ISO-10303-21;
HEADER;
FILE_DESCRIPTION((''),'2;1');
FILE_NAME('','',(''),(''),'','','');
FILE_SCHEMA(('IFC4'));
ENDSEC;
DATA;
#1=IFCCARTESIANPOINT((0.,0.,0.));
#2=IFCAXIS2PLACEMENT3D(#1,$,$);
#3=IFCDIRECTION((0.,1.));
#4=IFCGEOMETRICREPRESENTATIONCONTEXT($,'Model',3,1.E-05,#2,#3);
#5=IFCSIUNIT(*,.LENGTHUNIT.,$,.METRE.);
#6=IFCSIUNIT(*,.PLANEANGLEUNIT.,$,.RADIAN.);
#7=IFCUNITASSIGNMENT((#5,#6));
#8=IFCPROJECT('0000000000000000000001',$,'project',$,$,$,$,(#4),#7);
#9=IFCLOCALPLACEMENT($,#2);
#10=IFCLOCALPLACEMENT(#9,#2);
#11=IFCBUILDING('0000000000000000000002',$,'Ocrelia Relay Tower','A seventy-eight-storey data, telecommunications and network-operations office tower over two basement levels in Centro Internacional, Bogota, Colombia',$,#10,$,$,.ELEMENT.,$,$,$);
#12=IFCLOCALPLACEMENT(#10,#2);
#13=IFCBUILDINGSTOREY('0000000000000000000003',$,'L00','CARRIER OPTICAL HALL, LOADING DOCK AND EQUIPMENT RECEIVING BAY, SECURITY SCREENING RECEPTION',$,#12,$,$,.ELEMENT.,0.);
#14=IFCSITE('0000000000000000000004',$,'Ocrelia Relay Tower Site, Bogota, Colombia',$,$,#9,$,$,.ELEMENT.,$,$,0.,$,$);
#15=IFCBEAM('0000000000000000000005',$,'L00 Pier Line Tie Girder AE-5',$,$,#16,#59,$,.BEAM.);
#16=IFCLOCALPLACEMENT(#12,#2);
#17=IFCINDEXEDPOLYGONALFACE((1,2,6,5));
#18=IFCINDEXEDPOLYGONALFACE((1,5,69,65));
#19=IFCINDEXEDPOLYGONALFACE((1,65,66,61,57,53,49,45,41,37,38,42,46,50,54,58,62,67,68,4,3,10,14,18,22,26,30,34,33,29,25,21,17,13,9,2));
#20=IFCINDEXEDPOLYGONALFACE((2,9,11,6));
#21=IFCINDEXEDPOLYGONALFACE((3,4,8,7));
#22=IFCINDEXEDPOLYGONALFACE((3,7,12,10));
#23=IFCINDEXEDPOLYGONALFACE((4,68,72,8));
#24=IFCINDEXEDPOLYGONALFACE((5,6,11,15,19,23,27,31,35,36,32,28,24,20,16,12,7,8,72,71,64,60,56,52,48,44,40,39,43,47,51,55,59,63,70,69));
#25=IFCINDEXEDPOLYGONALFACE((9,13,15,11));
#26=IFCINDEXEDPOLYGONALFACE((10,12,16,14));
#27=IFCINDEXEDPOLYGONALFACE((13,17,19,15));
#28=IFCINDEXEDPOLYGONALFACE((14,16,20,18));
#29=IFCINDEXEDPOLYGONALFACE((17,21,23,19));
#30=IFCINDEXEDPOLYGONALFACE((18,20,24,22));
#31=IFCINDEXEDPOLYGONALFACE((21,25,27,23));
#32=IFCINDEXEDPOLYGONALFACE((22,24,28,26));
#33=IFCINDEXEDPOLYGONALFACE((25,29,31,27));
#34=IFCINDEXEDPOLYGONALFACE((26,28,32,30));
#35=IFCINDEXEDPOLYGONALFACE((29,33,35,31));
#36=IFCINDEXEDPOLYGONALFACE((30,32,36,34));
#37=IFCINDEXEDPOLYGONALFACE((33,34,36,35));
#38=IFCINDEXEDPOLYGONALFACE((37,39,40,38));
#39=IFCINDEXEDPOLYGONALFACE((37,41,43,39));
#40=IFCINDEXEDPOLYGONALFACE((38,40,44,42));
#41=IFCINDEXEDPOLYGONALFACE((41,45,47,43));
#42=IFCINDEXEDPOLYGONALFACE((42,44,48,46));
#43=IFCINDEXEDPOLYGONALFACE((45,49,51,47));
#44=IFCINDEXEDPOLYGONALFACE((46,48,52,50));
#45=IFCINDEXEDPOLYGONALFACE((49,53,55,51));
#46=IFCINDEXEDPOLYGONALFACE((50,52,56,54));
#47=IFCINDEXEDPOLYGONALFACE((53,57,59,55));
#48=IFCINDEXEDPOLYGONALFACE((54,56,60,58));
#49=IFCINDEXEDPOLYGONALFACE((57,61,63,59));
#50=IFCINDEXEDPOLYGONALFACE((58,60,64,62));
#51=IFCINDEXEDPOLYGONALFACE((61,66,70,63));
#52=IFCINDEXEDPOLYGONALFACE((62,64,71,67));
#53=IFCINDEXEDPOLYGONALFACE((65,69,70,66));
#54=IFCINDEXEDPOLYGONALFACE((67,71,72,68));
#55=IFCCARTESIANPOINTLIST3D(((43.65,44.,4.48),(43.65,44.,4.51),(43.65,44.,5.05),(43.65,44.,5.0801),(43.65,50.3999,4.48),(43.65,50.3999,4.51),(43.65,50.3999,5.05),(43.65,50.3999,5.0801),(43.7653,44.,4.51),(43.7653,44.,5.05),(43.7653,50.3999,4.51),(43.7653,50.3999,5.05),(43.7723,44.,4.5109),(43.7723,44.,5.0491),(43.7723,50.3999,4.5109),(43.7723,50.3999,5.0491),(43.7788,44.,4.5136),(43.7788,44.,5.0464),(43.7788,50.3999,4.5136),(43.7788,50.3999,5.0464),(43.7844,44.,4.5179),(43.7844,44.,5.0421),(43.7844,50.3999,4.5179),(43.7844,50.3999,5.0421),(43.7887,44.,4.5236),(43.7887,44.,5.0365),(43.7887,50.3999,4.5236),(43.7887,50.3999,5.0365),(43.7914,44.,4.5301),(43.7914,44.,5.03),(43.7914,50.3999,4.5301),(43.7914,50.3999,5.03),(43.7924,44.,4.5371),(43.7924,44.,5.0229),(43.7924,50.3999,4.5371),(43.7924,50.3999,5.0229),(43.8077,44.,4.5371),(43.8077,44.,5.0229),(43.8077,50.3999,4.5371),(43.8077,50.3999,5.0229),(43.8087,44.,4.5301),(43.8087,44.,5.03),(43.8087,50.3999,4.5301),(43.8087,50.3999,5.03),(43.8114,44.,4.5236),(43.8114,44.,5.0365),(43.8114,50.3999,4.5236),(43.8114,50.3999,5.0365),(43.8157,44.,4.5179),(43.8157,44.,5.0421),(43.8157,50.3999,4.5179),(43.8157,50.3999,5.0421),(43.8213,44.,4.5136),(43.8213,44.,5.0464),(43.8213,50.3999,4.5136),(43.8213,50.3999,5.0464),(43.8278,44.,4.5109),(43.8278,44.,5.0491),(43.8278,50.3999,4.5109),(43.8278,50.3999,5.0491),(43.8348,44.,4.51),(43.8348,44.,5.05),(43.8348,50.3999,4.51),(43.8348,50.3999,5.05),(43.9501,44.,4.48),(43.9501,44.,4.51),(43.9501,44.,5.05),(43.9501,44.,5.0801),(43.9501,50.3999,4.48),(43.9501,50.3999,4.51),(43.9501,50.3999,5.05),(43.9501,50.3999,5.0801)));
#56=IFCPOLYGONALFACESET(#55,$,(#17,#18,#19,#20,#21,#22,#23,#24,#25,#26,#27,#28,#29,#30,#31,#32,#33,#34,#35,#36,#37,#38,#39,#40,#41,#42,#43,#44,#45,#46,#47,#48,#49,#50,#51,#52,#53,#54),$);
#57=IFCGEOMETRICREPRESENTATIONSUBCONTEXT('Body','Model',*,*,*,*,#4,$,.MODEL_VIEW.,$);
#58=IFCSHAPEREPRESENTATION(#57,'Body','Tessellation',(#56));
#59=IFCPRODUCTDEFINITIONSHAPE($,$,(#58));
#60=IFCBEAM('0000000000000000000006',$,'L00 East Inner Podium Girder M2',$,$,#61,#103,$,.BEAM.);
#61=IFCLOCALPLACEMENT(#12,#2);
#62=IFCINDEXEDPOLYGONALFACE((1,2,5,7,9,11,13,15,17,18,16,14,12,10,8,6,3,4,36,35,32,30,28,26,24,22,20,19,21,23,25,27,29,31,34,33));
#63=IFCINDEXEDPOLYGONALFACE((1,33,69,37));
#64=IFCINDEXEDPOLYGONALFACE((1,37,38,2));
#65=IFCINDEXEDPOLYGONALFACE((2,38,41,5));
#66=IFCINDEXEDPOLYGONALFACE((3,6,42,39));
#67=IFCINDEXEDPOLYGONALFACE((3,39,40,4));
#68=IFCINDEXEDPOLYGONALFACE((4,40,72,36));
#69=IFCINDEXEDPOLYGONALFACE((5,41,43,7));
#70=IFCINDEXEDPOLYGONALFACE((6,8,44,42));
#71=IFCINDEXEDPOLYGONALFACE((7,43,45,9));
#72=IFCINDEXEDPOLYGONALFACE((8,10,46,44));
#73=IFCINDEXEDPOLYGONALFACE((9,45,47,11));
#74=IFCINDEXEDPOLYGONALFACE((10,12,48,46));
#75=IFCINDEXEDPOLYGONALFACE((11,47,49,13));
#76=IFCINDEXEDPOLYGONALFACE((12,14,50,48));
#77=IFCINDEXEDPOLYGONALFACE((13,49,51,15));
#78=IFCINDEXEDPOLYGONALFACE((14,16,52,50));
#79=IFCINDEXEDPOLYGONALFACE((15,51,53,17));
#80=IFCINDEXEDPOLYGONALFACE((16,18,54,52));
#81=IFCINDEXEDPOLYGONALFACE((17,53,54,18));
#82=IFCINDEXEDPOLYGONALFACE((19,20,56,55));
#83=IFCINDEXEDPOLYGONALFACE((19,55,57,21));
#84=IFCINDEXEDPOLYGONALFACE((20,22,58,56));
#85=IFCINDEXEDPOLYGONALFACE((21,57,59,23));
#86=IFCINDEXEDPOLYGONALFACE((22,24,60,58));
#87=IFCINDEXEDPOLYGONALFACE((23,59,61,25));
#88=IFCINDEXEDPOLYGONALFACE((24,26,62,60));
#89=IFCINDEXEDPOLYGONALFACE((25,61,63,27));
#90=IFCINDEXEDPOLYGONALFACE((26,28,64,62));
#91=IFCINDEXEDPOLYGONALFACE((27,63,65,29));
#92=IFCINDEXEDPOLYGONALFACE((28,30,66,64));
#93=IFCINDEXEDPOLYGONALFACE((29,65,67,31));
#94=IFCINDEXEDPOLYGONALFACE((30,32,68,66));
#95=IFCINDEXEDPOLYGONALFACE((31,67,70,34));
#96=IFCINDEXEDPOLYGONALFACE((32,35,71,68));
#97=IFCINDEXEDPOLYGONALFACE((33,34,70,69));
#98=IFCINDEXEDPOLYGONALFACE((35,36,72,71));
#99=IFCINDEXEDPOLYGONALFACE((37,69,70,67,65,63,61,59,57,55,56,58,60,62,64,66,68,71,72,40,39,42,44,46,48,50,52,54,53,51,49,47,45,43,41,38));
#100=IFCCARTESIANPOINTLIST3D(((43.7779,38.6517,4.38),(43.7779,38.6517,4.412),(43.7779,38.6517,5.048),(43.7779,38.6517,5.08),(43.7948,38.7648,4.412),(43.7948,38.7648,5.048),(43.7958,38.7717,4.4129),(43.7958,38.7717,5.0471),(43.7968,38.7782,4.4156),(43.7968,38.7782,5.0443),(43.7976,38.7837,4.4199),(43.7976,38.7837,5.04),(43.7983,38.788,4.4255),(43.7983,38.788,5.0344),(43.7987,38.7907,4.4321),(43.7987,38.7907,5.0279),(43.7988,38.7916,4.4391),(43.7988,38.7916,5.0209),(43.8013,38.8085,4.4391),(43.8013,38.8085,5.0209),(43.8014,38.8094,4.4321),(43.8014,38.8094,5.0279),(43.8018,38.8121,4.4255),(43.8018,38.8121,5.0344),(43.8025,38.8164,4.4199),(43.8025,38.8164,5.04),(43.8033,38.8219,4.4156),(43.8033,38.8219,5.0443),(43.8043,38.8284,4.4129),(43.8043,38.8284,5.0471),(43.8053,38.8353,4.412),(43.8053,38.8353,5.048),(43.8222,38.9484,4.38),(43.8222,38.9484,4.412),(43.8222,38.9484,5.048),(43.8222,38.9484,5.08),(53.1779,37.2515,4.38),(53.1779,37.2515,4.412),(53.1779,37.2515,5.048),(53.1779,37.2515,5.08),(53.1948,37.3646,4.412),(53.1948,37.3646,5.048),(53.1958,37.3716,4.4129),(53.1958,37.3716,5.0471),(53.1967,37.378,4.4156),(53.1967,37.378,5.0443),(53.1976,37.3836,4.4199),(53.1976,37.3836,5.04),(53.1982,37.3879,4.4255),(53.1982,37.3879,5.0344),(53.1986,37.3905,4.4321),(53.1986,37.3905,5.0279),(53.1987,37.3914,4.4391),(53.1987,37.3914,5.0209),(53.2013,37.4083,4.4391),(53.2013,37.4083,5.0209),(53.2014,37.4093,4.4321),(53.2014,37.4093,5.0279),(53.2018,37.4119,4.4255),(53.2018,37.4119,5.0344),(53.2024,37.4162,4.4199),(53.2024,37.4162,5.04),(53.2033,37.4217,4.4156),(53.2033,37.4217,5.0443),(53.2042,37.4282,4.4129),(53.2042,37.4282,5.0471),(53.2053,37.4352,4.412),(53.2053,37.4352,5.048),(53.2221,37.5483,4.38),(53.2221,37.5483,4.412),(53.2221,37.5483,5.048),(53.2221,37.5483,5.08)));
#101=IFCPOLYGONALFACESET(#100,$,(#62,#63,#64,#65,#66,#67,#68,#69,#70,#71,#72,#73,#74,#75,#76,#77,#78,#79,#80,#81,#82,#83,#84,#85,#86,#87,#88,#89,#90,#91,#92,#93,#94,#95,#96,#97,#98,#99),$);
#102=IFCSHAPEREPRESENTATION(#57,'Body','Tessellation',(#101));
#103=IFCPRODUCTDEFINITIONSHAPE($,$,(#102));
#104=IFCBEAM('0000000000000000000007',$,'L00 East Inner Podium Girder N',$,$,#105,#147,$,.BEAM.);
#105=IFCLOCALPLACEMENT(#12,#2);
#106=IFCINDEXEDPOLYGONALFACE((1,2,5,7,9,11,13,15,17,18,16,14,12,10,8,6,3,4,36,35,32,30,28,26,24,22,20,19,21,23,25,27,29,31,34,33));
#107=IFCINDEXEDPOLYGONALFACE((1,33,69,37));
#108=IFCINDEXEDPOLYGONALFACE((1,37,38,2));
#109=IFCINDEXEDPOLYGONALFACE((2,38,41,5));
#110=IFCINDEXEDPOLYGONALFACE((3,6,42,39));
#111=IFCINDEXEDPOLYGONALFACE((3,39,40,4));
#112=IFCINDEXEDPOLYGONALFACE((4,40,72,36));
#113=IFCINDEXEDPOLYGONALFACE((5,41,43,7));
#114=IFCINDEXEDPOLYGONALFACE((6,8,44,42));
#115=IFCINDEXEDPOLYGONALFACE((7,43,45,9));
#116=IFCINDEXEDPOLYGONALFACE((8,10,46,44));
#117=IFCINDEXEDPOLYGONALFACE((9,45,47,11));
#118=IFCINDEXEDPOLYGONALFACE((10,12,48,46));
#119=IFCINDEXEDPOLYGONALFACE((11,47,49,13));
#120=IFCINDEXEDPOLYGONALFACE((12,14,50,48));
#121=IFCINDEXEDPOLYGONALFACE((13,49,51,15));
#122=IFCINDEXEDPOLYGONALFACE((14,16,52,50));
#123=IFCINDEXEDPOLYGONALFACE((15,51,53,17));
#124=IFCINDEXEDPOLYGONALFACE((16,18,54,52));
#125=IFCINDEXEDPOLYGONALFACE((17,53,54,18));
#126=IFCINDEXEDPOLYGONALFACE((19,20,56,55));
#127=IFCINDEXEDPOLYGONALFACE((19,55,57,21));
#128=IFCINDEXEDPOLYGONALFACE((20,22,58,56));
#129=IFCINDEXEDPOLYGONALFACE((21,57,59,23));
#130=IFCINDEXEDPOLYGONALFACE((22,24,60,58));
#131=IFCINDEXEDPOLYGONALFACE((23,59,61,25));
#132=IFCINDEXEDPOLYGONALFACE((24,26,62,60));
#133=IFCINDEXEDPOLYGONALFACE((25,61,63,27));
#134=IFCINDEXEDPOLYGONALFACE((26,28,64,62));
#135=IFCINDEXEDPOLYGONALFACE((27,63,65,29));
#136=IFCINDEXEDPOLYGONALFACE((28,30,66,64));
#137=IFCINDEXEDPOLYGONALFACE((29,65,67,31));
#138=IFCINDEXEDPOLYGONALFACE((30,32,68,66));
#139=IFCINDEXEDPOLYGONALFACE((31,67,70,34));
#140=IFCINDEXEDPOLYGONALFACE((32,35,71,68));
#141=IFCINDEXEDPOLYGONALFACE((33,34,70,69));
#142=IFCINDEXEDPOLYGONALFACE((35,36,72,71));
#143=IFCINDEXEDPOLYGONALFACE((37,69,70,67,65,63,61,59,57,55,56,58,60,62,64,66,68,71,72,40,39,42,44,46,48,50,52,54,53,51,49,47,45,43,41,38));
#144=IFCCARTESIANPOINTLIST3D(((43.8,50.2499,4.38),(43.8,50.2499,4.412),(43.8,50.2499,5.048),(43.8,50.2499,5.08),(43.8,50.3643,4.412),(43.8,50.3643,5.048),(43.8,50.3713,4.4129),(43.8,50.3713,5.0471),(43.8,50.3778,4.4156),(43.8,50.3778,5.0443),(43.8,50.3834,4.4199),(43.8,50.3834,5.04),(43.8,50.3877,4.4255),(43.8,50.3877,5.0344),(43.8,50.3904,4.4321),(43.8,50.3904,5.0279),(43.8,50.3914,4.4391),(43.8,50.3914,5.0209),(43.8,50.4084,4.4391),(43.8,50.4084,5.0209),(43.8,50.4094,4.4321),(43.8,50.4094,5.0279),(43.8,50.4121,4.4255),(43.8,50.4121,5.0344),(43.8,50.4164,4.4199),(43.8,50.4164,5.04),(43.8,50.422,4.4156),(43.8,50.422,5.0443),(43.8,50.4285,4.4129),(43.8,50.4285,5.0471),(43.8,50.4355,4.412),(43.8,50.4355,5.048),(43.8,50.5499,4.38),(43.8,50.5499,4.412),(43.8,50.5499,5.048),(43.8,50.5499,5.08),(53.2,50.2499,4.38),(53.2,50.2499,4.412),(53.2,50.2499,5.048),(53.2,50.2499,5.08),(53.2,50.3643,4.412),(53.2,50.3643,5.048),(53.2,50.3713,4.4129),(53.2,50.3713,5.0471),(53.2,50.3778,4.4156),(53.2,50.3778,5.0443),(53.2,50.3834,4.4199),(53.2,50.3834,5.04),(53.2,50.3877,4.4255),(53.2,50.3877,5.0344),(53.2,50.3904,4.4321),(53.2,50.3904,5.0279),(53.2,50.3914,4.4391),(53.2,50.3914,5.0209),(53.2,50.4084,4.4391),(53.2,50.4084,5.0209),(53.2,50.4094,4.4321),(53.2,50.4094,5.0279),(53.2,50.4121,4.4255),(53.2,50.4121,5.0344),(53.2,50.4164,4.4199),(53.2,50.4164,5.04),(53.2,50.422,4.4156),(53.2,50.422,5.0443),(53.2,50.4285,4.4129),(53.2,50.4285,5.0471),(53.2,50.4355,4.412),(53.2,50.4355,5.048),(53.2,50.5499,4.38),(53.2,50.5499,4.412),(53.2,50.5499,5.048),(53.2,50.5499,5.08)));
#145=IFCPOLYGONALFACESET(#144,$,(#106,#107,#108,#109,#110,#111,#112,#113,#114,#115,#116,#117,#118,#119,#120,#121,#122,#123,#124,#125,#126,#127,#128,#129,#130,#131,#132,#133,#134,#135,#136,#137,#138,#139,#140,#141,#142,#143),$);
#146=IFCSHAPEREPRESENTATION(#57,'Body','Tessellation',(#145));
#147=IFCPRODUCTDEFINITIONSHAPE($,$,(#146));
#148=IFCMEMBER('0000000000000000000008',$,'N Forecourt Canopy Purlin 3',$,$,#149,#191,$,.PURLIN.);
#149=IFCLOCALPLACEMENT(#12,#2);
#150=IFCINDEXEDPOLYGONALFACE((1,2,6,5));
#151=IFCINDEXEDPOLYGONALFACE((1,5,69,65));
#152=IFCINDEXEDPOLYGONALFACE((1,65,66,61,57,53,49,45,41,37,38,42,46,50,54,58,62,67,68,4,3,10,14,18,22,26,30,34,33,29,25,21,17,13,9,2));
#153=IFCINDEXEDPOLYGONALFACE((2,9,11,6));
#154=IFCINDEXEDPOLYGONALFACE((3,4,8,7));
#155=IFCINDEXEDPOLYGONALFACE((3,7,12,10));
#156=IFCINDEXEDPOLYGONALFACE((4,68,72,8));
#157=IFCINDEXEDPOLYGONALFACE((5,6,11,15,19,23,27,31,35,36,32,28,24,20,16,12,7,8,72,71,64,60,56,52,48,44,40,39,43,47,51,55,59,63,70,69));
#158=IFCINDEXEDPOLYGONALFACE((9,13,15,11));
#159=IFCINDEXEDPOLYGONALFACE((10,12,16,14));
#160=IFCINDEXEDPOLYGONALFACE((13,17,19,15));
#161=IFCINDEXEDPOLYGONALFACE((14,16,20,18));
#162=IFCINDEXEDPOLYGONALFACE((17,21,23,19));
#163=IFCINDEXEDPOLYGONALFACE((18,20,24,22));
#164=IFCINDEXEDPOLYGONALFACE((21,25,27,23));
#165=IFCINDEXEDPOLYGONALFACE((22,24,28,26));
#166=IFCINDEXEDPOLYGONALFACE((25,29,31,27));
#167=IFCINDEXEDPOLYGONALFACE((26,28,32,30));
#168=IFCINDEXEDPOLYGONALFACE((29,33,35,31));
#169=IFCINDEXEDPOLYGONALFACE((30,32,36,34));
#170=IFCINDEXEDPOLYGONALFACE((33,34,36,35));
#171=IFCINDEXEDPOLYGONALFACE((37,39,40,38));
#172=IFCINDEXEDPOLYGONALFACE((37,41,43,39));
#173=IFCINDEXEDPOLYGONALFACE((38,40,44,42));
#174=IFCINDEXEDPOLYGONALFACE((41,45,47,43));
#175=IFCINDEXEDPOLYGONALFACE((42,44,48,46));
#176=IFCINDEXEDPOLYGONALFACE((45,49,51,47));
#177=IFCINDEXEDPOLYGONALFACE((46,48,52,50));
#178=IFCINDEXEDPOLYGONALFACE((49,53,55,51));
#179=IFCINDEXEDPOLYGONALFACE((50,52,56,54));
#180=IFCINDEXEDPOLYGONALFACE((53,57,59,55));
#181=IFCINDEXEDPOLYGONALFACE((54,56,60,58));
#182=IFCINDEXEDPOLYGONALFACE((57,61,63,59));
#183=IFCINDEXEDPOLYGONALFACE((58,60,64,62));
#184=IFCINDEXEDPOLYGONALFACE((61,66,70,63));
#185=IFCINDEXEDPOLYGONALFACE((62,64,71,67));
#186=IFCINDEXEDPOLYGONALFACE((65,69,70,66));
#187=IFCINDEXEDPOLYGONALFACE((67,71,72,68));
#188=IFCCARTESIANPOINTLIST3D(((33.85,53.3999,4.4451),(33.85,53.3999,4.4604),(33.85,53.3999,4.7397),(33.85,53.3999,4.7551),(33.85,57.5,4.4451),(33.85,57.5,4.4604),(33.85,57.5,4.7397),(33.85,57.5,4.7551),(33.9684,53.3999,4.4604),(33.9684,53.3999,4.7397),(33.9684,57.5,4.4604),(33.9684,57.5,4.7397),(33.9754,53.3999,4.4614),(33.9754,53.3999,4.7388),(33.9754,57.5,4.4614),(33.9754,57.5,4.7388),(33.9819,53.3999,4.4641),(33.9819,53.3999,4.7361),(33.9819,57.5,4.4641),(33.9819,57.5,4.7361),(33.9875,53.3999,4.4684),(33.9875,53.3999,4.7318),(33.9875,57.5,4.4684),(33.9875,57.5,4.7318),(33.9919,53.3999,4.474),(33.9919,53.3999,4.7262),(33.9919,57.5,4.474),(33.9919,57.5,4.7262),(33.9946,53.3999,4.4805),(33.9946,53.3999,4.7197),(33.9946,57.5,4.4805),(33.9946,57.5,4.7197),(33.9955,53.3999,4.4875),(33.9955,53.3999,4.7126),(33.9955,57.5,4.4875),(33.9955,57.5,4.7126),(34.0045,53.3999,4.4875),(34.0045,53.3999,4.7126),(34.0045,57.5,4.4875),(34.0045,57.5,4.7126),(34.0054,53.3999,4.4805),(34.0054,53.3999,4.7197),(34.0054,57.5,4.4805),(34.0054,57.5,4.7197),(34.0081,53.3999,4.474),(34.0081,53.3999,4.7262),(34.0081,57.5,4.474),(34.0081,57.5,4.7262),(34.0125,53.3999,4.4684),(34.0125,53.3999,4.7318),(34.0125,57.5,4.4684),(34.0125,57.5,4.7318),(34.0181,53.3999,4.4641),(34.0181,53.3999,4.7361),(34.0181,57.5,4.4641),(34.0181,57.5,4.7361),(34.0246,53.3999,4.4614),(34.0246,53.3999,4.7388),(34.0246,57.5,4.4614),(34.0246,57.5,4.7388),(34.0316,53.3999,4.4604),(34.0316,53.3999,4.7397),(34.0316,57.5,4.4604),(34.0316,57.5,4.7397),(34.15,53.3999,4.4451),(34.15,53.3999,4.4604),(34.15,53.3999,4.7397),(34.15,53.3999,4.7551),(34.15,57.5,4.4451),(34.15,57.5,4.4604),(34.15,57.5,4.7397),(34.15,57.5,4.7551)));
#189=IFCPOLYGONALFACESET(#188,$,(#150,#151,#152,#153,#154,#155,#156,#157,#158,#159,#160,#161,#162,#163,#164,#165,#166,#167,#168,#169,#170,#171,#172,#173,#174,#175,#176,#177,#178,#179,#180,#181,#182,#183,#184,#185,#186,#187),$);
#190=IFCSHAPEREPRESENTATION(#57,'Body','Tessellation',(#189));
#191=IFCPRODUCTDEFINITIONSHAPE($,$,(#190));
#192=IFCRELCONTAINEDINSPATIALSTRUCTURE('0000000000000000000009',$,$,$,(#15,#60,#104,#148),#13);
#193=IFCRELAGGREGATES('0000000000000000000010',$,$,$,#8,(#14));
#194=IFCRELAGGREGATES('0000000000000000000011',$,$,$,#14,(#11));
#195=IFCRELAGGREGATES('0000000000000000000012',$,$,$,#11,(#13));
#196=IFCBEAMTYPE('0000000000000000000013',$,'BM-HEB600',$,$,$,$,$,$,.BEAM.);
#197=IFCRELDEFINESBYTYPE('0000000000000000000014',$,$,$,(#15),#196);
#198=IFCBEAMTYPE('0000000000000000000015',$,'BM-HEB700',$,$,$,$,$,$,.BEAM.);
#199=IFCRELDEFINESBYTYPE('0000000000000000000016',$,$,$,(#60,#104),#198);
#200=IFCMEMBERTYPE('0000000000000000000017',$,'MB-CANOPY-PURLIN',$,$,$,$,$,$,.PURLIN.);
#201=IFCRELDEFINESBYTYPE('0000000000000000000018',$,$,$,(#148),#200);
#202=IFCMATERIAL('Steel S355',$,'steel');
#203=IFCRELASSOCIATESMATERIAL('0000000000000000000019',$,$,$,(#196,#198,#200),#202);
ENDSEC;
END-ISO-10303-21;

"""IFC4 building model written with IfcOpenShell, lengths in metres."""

from ifc_helpers import new_model, si_unit, direction, frame, origin, origin_2d, place, context, subcontext, project, spatial, i_section, extrude, material, material_profile, profile_set, type_object, element, save


model = new_model("IFC4")

# Units and contexts
model_context = context("Model", 3, precision=1e-05, world=origin(), true_north=direction((0.0, 1.0)))
body_context = subcontext(model_context, "Body", "Model", "MODEL_VIEW")
ifc_project = project(units=[si_unit("LENGTHUNIT", "METRE"), si_unit("PLANEANGLEUNIT", "RADIAN")], contexts=[model_context])

# Site, building, storey
site_placement = place(None, origin())
site = spatial("IfcSite", under=ifc_project, at=site_placement, Name="Ocrelia Relay Tower Site, Bogota, Colombia", CompositionType="ELEMENT", RefElevation=0.0)
building_placement = place(site_placement, origin())
building = spatial("IfcBuilding", under=site, at=building_placement, Name="Ocrelia Relay Tower", Description="A seventy-eight-storey data, telecommunications and network-operations office tower over two basement levels in Centro Internacional, Bogota, Colombia", CompositionType="ELEMENT")
storey_placement = place(building_placement, origin())
storey = spatial("IfcBuildingStorey", under=building, at=storey_placement, Name="L00", Description="CARRIER OPTICAL HALL, LOADING DOCK AND EQUIPMENT RECEIVING BAY, SECURITY SCREENING RECEPTION", CompositionType="ELEMENT", Elevation=0.0)

# Beams
ifc_material_1 = material(Name="Steel S355", Category="steel")
ifc_material_profile_1 = material_profile(ifc_material_1, i_section(OverallWidth=0.3, OverallDepth=0.6001, WebThickness=0.0154, FlangeThickness=0.03, FilletRadius=0.0271, at=origin_2d()), Name="HEB 600")
ifc_profile_set_1 = profile_set([ifc_material_profile_1], Name="Steel S355")
beam_type_1 = type_object("IfcBeamType", Name="BM-HEB600", PredefinedType="BEAM", material=ifc_profile_set_1)
beam_1_placement = place(storey_placement, frame((43.8, 44.0, 4.78), z_axis=(0.0, 1.0, 0.0), x_axis=(-1.0, 0.0, 0.0)))
element("IfcBeam", 1, at=beam_1_placement, inside=storey, type_object=beam_type_1, Name="L00 Pier Line Tie Girder AE-5", PredefinedType="BEAM", context=body_context, shape_type="SweptSolid", body=[
    extrude(i_section(OverallWidth=0.3, OverallDepth=0.6001, WebThickness=0.0154, FlangeThickness=0.03, FilletRadius=0.0271, at=origin_2d()), origin(), (0.0, 0.0, 1.0), 6.3999),
])
ifc_material_profile_2 = material_profile(ifc_material_1, i_section(OverallWidth=0.3, OverallDepth=0.7, WebThickness=0.0171, FlangeThickness=0.032, FilletRadius=0.0271, at=origin_2d()), Name="HEB 700")
ifc_profile_set_2 = profile_set([ifc_material_profile_2], Name="Steel S355")
beam_type_2 = type_object("IfcBeamType", Name="BM-HEB700", PredefinedType="BEAM", material=ifc_profile_set_2)
beam_2_placement = place(storey_placement, frame((43.8, 38.8, 4.73), z_axis=(0.989088, -0.147328, 0.0), x_axis=(0.147328, 0.989088, 0.0)))
element("IfcBeam", 2, at=beam_2_placement, inside=storey, type_object=beam_type_2, Name="L00 East Inner Podium Girder M2", PredefinedType="BEAM", context=body_context, shape_type="SweptSolid", body=[
    extrude(i_section(OverallWidth=0.3, OverallDepth=0.7, WebThickness=0.0171, FlangeThickness=0.032, FilletRadius=0.0271, at=origin_2d()), origin(), (0.0, 0.0, 1.0), 9.5037),
])
beam_3_placement = place(storey_placement, frame((43.8, 50.3999, 4.73), z_axis=(1.0, 0.0, 0.0), x_axis=(0.0, 1.0, 0.0)))
element("IfcBeam", 3, at=beam_3_placement, inside=storey, type_object=beam_type_2, Name="L00 East Inner Podium Girder N", PredefinedType="BEAM", context=body_context, shape_type="SweptSolid", body=[
    extrude(i_section(OverallWidth=0.3, OverallDepth=0.7, WebThickness=0.0171, FlangeThickness=0.032, FilletRadius=0.0271, at=origin_2d()), origin(), (0.0, 0.0, 1.0), 9.3999),
])

# Member
ifc_material_profile_3 = material_profile(ifc_material_1, i_section(OverallWidth=0.3, OverallDepth=0.3101, WebThickness=0.009, FlangeThickness=0.0154, FilletRadius=0.0271, at=origin_2d()), Name="HEA 320")
ifc_profile_set_3 = profile_set([ifc_material_profile_3], Name="Steel S355")
member_type = type_object("IfcMemberType", Name="MB-CANOPY-PURLIN", PredefinedType="PURLIN", material=ifc_profile_set_3)
for number, where, z_axis, x_axis, name in (
    (4, (34.0, 53.3999, 4.6001), (0.0, 1.0, 0.0), (-1.0, 0.0, 0.0), "N Forecourt Canopy Purlin 3"),
):
    element("IfcMember", number, at=place(storey_placement, frame(where, z_axis=z_axis, x_axis=x_axis)), inside=storey, type_object=member_type, Name=name, PredefinedType="PURLIN", context=body_context, shape_type="SweptSolid", body=[
        extrude(i_section(OverallWidth=0.3, OverallDepth=0.3101, WebThickness=0.009, FlangeThickness=0.0154, FilletRadius=0.0271, at=origin_2d()), origin(), (0.0, 0.0, 1.0), 4.1001),
    ])

save(model, "model.ifc")
